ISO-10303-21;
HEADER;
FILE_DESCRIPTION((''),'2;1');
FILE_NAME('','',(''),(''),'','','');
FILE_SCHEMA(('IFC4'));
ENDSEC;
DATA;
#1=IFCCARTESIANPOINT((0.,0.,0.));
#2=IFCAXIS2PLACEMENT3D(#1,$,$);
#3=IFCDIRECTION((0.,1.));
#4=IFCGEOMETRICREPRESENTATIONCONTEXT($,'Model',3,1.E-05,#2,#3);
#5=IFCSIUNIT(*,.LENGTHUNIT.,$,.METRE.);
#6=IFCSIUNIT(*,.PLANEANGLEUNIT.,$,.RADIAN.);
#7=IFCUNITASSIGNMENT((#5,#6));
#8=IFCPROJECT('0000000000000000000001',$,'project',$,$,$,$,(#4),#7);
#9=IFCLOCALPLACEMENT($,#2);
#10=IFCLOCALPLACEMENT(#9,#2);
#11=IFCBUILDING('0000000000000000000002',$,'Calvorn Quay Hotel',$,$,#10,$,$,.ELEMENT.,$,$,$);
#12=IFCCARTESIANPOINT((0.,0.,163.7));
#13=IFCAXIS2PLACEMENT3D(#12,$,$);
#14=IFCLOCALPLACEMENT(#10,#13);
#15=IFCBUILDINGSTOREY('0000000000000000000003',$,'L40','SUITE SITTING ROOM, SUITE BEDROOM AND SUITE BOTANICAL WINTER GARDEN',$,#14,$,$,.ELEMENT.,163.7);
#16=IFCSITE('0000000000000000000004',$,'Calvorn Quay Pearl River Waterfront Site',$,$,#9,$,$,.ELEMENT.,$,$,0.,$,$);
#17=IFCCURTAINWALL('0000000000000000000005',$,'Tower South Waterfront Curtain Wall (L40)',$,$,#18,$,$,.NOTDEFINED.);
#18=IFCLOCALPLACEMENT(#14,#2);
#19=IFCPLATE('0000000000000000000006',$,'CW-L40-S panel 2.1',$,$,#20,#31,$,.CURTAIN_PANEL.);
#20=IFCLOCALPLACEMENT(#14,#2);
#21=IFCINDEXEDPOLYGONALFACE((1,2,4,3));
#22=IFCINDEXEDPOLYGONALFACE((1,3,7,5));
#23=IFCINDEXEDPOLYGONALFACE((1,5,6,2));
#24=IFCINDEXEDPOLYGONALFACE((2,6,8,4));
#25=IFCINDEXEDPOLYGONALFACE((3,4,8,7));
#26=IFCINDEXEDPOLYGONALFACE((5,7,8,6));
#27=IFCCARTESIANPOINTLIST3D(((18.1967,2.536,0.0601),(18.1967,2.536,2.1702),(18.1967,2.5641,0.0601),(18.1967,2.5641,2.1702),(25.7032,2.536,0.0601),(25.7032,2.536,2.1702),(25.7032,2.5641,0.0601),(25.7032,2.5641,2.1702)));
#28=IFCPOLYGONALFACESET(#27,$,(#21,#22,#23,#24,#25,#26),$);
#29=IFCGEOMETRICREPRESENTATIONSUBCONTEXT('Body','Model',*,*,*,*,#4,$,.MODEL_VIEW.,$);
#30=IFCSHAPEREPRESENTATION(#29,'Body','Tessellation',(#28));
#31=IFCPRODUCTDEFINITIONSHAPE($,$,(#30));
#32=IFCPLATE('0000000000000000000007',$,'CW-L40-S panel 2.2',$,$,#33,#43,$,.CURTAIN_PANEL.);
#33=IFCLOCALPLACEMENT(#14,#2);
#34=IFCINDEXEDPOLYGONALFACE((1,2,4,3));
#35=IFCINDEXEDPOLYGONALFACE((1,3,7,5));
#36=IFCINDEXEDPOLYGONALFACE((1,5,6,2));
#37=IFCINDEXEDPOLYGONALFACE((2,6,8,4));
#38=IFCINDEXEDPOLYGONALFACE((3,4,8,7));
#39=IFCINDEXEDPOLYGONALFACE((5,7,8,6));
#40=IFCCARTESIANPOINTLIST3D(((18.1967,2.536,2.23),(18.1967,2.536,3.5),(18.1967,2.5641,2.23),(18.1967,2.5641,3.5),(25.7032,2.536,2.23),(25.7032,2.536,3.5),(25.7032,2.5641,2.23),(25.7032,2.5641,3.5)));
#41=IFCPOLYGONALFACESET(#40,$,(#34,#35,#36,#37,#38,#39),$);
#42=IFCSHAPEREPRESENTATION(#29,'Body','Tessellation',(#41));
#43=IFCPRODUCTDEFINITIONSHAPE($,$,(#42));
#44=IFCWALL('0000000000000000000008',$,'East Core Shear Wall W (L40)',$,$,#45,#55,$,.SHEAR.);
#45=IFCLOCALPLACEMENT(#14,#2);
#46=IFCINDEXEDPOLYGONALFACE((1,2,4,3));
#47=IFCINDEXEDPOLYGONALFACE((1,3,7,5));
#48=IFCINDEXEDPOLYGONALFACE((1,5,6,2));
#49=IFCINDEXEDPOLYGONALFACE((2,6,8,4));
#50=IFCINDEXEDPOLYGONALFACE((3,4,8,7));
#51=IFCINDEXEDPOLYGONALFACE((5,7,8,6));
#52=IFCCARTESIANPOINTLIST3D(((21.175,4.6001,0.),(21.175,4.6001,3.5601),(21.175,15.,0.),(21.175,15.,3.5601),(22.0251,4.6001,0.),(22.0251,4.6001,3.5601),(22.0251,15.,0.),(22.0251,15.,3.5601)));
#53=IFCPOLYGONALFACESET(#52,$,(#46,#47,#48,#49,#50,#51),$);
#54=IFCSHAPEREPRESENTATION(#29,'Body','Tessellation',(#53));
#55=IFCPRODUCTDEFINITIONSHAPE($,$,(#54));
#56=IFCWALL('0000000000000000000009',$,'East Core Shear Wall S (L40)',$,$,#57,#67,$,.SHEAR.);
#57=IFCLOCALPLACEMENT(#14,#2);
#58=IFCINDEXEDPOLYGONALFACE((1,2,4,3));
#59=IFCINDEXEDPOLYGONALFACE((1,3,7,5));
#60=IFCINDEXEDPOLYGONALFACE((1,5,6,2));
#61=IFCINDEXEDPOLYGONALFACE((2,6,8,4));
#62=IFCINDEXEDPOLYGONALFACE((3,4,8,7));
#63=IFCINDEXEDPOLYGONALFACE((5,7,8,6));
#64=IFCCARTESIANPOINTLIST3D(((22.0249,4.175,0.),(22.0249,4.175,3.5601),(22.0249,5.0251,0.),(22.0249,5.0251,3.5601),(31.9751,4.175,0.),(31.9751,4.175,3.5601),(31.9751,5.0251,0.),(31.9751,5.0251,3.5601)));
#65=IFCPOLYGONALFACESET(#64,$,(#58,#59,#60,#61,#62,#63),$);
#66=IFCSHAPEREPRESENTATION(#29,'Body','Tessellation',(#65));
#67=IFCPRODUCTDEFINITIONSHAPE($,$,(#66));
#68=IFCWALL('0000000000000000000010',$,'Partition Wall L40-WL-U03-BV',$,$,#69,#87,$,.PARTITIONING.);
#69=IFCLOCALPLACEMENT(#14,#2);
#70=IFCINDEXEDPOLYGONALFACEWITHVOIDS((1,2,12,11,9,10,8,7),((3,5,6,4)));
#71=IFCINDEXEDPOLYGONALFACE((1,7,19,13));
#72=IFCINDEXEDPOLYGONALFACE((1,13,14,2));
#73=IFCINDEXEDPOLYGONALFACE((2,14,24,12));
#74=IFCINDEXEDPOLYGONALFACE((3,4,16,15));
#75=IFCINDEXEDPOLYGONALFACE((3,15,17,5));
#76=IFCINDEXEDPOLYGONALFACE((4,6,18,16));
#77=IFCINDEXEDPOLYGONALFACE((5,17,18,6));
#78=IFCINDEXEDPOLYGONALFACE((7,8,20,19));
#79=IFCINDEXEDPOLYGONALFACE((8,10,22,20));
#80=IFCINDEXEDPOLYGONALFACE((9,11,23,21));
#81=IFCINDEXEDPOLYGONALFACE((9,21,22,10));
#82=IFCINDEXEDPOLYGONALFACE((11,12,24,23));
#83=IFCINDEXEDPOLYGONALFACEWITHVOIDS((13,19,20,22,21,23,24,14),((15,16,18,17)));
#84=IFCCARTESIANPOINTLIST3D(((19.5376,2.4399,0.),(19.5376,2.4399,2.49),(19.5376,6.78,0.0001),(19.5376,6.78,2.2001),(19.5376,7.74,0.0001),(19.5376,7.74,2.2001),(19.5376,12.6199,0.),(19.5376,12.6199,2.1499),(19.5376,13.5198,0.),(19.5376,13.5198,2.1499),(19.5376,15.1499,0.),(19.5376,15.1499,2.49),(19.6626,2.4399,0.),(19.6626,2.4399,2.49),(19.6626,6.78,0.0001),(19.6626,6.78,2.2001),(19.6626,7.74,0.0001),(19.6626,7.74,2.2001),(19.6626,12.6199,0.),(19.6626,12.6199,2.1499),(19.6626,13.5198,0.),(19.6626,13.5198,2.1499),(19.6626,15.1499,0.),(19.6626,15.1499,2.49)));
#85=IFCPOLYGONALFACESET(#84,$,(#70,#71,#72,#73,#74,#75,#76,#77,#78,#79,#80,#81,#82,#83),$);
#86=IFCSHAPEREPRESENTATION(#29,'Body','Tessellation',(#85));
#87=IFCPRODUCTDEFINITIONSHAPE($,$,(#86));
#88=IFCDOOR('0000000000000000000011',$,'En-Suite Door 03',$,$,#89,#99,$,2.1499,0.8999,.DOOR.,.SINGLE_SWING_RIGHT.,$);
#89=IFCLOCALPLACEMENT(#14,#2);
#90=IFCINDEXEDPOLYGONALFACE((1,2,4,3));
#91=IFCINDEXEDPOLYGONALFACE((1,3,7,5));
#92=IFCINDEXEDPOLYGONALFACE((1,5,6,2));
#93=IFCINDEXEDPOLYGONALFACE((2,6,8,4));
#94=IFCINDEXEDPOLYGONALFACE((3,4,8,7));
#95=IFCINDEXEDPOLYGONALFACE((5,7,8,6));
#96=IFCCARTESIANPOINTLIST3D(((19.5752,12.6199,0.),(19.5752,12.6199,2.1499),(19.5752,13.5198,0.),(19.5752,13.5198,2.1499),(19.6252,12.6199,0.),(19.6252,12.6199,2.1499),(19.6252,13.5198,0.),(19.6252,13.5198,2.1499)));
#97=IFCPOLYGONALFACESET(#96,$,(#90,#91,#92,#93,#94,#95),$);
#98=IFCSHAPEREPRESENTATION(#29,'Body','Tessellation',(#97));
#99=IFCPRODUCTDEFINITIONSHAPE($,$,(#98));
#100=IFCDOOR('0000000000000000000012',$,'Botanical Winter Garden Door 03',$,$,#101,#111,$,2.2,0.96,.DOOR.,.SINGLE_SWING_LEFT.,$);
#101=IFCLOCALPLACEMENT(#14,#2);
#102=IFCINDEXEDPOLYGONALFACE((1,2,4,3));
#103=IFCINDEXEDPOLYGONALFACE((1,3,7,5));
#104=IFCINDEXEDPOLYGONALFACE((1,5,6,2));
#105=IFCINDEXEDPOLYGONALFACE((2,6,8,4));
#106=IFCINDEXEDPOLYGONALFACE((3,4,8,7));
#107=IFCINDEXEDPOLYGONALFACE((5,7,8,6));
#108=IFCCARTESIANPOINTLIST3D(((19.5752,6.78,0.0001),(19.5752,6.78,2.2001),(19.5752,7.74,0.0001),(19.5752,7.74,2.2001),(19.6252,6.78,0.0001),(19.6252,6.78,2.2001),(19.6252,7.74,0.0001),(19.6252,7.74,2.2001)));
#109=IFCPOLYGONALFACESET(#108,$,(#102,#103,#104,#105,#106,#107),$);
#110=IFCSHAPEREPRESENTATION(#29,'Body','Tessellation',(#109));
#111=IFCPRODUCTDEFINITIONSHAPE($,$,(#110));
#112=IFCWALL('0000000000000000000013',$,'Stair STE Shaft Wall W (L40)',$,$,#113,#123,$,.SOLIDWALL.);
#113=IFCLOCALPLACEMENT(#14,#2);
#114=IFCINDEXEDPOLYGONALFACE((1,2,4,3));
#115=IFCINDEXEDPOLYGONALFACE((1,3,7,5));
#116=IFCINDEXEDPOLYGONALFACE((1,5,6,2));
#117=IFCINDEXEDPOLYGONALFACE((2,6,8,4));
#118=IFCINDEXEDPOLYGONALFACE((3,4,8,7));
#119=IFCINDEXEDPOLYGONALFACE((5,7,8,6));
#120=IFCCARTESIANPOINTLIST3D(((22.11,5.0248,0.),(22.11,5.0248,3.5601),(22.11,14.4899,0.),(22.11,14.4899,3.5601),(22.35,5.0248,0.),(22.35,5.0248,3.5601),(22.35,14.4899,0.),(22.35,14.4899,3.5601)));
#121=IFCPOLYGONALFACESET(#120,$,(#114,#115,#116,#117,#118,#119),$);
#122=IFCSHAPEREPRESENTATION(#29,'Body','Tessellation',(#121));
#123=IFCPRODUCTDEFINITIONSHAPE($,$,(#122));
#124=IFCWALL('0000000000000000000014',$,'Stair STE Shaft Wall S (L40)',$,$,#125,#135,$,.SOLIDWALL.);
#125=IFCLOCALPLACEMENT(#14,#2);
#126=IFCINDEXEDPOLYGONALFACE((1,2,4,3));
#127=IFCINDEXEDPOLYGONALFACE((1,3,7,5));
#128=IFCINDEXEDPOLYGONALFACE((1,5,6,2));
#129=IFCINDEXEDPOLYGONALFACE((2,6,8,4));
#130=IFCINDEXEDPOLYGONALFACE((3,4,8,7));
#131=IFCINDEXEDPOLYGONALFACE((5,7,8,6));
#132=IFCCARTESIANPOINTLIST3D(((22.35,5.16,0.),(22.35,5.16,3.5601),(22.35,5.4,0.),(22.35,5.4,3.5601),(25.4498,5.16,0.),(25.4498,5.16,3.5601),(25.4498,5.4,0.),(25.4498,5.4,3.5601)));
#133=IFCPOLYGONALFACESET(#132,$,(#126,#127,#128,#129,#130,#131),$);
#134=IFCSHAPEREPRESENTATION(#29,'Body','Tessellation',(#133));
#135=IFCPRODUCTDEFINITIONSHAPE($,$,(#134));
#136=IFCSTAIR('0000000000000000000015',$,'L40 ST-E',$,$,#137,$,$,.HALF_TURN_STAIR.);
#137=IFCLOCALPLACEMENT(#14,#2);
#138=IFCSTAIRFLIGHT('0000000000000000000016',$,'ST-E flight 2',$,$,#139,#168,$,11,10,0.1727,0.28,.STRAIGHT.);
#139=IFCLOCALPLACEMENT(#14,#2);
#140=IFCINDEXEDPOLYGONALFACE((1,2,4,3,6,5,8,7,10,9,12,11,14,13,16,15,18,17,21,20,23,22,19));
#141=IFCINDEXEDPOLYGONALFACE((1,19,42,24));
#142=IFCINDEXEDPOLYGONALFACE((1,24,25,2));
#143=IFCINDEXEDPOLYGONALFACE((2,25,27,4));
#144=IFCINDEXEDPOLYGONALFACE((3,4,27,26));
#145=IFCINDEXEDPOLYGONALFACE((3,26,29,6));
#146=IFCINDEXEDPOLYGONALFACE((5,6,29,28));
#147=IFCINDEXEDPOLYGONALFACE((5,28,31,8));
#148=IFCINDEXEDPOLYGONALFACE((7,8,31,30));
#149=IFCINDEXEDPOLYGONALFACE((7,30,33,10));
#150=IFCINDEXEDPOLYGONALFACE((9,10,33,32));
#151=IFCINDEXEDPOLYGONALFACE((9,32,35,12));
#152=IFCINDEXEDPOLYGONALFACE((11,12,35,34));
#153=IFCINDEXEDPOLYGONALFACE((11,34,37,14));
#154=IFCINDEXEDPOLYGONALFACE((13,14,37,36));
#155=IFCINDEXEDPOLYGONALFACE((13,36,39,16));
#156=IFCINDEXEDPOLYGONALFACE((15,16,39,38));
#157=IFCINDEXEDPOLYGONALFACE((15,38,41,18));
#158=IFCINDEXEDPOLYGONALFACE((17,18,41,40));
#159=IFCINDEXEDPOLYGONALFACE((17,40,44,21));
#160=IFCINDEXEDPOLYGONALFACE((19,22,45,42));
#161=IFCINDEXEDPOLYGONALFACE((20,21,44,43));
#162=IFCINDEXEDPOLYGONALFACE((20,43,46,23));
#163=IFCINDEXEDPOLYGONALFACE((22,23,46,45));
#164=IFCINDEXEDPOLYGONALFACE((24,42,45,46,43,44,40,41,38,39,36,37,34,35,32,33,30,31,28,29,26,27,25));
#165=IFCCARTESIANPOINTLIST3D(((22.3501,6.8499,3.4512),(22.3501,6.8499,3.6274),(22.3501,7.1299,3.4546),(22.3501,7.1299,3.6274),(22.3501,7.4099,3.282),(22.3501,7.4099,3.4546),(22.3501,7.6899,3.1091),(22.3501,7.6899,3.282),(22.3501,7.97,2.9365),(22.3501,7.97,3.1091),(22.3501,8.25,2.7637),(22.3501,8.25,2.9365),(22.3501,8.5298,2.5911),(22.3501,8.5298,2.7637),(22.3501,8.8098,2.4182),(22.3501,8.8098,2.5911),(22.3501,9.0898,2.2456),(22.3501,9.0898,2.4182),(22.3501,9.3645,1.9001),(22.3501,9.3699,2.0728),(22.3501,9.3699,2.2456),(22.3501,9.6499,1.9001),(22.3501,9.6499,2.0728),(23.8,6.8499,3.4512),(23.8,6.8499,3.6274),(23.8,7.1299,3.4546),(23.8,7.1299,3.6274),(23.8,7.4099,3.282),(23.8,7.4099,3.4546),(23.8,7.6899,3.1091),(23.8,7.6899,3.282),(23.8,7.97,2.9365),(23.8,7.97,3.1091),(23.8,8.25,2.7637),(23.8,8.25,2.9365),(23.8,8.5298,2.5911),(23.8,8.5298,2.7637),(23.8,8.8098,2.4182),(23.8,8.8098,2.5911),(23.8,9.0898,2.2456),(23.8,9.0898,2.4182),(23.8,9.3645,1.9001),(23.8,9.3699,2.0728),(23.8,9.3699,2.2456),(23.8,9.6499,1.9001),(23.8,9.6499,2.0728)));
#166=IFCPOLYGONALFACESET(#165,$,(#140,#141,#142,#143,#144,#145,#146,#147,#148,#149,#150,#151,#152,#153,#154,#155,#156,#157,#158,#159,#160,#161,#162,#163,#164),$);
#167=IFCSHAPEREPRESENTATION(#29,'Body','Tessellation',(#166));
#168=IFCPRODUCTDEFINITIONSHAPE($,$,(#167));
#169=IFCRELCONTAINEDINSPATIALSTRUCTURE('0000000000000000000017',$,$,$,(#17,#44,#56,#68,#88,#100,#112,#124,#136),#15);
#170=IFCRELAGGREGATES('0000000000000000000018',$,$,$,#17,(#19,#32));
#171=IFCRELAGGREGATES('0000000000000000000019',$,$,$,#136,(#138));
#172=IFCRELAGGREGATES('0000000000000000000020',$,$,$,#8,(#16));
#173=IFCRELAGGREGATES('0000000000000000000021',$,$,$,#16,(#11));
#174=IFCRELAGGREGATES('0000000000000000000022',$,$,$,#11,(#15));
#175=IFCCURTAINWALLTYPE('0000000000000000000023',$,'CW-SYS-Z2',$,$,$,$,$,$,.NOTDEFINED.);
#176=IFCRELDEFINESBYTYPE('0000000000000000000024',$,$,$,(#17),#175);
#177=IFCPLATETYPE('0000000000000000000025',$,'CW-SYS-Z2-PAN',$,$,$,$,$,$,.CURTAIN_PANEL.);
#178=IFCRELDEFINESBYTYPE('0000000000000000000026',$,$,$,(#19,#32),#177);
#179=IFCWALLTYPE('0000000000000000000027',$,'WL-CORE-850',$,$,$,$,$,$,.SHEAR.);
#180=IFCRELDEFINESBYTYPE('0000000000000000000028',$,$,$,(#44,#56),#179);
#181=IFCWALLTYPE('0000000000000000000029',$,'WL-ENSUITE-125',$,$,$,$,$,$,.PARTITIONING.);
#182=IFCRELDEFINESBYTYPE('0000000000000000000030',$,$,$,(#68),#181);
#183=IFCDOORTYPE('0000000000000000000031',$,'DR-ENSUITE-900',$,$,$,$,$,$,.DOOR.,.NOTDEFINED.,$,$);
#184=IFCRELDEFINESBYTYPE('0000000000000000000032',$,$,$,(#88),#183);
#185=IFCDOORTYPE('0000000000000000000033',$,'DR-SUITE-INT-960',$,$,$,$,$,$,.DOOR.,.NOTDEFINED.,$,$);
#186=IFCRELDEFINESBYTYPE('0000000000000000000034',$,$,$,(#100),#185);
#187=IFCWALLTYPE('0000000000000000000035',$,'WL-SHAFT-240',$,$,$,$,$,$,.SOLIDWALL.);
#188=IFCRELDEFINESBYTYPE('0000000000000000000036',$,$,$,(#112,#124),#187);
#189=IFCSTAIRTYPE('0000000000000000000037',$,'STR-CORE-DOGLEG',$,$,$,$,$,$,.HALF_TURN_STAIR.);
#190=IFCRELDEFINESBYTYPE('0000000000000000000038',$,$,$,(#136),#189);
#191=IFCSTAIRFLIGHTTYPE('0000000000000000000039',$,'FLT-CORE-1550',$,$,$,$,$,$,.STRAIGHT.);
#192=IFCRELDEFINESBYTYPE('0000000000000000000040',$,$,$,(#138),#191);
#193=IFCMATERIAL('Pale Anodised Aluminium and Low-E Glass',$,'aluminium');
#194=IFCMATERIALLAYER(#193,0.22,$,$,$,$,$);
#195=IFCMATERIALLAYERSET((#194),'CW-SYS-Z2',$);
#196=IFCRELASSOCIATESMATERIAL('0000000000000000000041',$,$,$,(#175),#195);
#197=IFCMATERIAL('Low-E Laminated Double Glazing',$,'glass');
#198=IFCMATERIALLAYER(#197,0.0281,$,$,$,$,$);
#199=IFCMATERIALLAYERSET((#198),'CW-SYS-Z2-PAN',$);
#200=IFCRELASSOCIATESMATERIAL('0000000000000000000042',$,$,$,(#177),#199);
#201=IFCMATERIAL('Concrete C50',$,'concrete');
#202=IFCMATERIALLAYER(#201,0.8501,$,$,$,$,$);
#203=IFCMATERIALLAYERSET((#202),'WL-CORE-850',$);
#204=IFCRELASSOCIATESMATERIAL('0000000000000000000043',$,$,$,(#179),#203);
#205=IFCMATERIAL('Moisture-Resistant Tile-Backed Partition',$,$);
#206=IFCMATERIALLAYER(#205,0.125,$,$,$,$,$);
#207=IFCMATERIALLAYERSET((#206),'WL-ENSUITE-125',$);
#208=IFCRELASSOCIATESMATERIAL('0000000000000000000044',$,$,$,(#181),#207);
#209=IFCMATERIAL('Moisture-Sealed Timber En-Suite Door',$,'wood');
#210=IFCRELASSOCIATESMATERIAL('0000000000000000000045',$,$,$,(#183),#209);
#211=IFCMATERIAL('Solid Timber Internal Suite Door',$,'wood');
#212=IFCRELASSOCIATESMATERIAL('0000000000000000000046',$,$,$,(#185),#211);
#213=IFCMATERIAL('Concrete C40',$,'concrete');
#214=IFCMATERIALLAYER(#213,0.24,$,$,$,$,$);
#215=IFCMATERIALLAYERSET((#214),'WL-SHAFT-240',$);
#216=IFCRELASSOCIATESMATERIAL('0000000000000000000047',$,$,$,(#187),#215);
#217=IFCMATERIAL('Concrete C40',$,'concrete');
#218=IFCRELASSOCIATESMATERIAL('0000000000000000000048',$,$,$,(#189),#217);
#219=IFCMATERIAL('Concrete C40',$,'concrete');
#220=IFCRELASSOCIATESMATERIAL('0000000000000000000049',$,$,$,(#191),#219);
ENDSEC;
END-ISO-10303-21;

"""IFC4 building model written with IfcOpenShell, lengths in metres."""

from ifc_helpers import new_model, si_unit, direction, frame, frame_2d, origin, origin_2d, place, context, subcontext, project, spatial, polyline, rectangle, outline, extrude, material, layer, layer_set, type_object, element, fill, aggregate, save


model = new_model("IFC4")

# Units and contexts
model_context = context("Model", 3, precision=1e-05, world=origin(), true_north=direction((0.0, 1.0)))
body_context = subcontext(model_context, "Body", "Model", "MODEL_VIEW")
ifc_project = project(units=[si_unit("LENGTHUNIT", "METRE"), si_unit("PLANEANGLEUNIT", "RADIAN")], contexts=[model_context])

# Site, building, storey
site_placement = place(None, origin())
site = spatial("IfcSite", under=ifc_project, at=site_placement, Name="Calvorn Quay Pearl River Waterfront Site", CompositionType="ELEMENT", RefElevation=0.0)
building_placement = place(site_placement, origin())
building = spatial("IfcBuilding", under=site, at=building_placement, Name="Calvorn Quay Hotel", CompositionType="ELEMENT")
storey_placement = place(building_placement, frame((0.0, 0.0, 163.7)))
storey = spatial("IfcBuildingStorey", under=building, at=storey_placement, Name="L40", Description="SUITE SITTING ROOM, SUITE BEDROOM AND SUITE BOTANICAL WINTER GARDEN", CompositionType="ELEMENT", Elevation=163.7)

# Curtain wall, plates
ifc_material_1 = material(Name="Pale Anodised Aluminium and Low-E Glass", Category="aluminium")
ifc_layer_1 = layer(ifc_material_1, 0.22)
ifc_layer_set_1 = layer_set([ifc_layer_1], Name="CW-SYS-Z2")
curtain_wall_type = type_object("IfcCurtainWallType", Name="CW-SYS-Z2", PredefinedType="NOTDEFINED", material=ifc_layer_set_1)
curtain_wall_placement = place(storey_placement, origin())
curtain_wall = element("IfcCurtainWall", 1, at=curtain_wall_placement, inside=storey, type_object=curtain_wall_type, Name="Tower South Waterfront Curtain Wall (L40)", PredefinedType="NOTDEFINED")
ifc_material_2 = material(Name="Low-E Laminated Double Glazing", Category="glass")
ifc_layer_2 = layer(ifc_material_2, 0.0281)
ifc_layer_set_2 = layer_set([ifc_layer_2], Name="CW-SYS-Z2-PAN")
plate_type = type_object("IfcPlateType", Name="CW-SYS-Z2-PAN", PredefinedType="CURTAIN_PANEL", material=ifc_layer_set_2)
plate_1_placement = place(storey_placement, frame((21.95, 2.55, 0.0601), z_axis=(0.0, 0.0, 1.0), x_axis=(1.0, 0.0, 0.0)))
plate_1 = element("IfcPlate", 2, at=plate_1_placement, type_object=plate_type, Name="CW-L40-S panel 2.1", PredefinedType="CURTAIN_PANEL", context=body_context, shape_type="SweptSolid", body=[
    extrude(rectangle(XDim=7.5066, YDim=0.0281, at=origin_2d()), origin(), (0.0, 0.0, 1.0), 2.1101),
])
plate_2_placement = place(storey_placement, frame((21.95, 2.55, 2.23), z_axis=(0.0, 0.0, 1.0), x_axis=(1.0, 0.0, 0.0)))
plate_2 = element("IfcPlate", 3, at=plate_2_placement, type_object=plate_type, Name="CW-L40-S panel 2.2", PredefinedType="CURTAIN_PANEL", context=body_context, shape_type="SweptSolid", body=[
    extrude(rectangle(XDim=7.5066, YDim=0.0281, at=origin_2d()), origin(), (0.0, 0.0, 1.0), 1.27),
])
aggregate(curtain_wall, [plate_1, plate_2])

# Walls
ifc_material_3 = material(Name="Concrete C50", Category="concrete")
ifc_layer_3 = layer(ifc_material_3, 0.8501)
ifc_layer_set_3 = layer_set([ifc_layer_3], Name="WL-CORE-850")
wall_type_1 = type_object("IfcWallType", Name="WL-CORE-850", PredefinedType="SHEAR", material=ifc_layer_set_3)
wall_1_placement = place(storey_placement, frame((21.6001, 4.6001, 0.0), z_axis=(0.0, 0.0, 1.0), x_axis=(0.0, 1.0, 0.0)))
element("IfcWall", 4, at=wall_1_placement, inside=storey, type_object=wall_type_1, Name="East Core Shear Wall W (L40)", PredefinedType="SHEAR", context=body_context, shape_type="SweptSolid", body=[
    extrude(rectangle(XDim=10.3999, YDim=0.8501, at=frame_2d((5.2, 0.0))), origin(), (0.0, 0.0, 1.0), 3.5601),
])
wall_2_placement = place(storey_placement, frame((22.0249, 4.6001, 0.0), z_axis=(0.0, 0.0, 1.0), x_axis=(1.0, 0.0, 0.0)))
element("IfcWall", 5, at=wall_2_placement, inside=storey, type_object=wall_type_1, Name="East Core Shear Wall S (L40)", PredefinedType="SHEAR", context=body_context, shape_type="SweptSolid", body=[
    extrude(rectangle(XDim=9.9502, YDim=0.8501, at=frame_2d((4.9751, 0.0))), origin(), (0.0, 0.0, 1.0), 3.5601),
])

# Wall, openings, doors
ifc_material_4 = material(Name="Moisture-Resistant Tile-Backed Partition")
ifc_layer_4 = layer(ifc_material_4, 0.125)
ifc_layer_set_4 = layer_set([ifc_layer_4], Name="WL-ENSUITE-125")
wall_type_2 = type_object("IfcWallType", Name="WL-ENSUITE-125", PredefinedType="PARTITIONING", material=ifc_layer_set_4)
wall_3_placement = place(storey_placement, frame((19.6001, 2.4399, 0.0), z_axis=(0.0, 0.0, 1.0), x_axis=(0.0, 1.0, 0.0)))
wall_3 = element("IfcWall", 6, at=wall_3_placement, inside=storey, type_object=wall_type_2, Name="Partition Wall L40-WL-U03-BV", PredefinedType="PARTITIONING", context=body_context, shape_type="SweptSolid", body=[
    extrude(rectangle(XDim=12.71, YDim=0.125, at=frame_2d((6.355, 0.0))), origin(), (0.0, 0.0, 1.0), 2.49),
])
opening_1_placement = place(wall_3_placement, frame((4.3401, 0.0, 0.0)))
opening_1 = element("IfcOpeningElement", 7, at=opening_1_placement, cuts=wall_3, PredefinedType="OPENING", context=body_context, shape_type="SweptSolid", body=[
    extrude(rectangle(XDim=0.96, YDim=2.2, at=frame_2d((0.48, 1.1001))), frame((0.0, 0.0725, 0.0), z_axis=(0.0, -1.0, 0.0), x_axis=(1.0, 0.0, 0.0)), (0.0, 0.0, 1.0), 0.145),
])
opening_2_placement = place(wall_3_placement, frame((10.1799, 0.0, 0.0)))
opening_2 = element("IfcOpeningElement", 8, at=opening_2_placement, cuts=wall_3, PredefinedType="OPENING", context=body_context, shape_type="SweptSolid", body=[
    extrude(rectangle(XDim=0.8999, YDim=2.1499, at=frame_2d((0.45, 1.075))), frame((0.0, 0.0725, 0.0), z_axis=(0.0, -1.0, 0.0), x_axis=(1.0, 0.0, 0.0)), (0.0, 0.0, 1.0), 0.145),
])
ifc_material_5 = material(Name="Moisture-Sealed Timber En-Suite Door", Category="wood")
door_type_1 = type_object("IfcDoorType", Name="DR-ENSUITE-900", OperationType="NOTDEFINED", PredefinedType="DOOR", material=ifc_material_5)
door_1_placement = place(opening_2_placement, origin())
door_1 = element("IfcDoor", 9, at=door_1_placement, inside=storey, type_object=door_type_1, Name="En-Suite Door 03", OperationType="SINGLE_SWING_RIGHT", OverallHeight=2.1499, OverallWidth=0.8999, PredefinedType="DOOR", context=body_context, shape_type="SweptSolid", body=[
    extrude(rectangle(XDim=0.8999, YDim=2.1499, at=frame_2d((0.45, 1.075))), frame((0.0, 0.0249, 0.0), z_axis=(0.0, -1.0, 0.0), x_axis=(1.0, 0.0, 0.0)), (0.0, 0.0, 1.0), 0.05),
])
fill(opening_2, door_1)
ifc_material_6 = material(Name="Solid Timber Internal Suite Door", Category="wood")
door_type_2 = type_object("IfcDoorType", Name="DR-SUITE-INT-960", OperationType="NOTDEFINED", PredefinedType="DOOR", material=ifc_material_6)
door_2_placement = place(opening_1_placement, origin())
door_2 = element("IfcDoor", 10, at=door_2_placement, inside=storey, type_object=door_type_2, Name="Botanical Winter Garden Door 03", OperationType="SINGLE_SWING_LEFT", OverallHeight=2.2, OverallWidth=0.96, PredefinedType="DOOR", context=body_context, shape_type="SweptSolid", body=[
    extrude(rectangle(XDim=0.96, YDim=2.2, at=frame_2d((0.48, 1.1001))), frame((0.0, 0.0249, 0.0), z_axis=(0.0, -1.0, 0.0), x_axis=(1.0, 0.0, 0.0)), (0.0, 0.0, 1.0), 0.05),
])
fill(opening_1, door_2)

# Walls
ifc_material_7 = material(Name="Concrete C40", Category="concrete")
ifc_layer_5 = layer(ifc_material_7, 0.24)
ifc_layer_set_5 = layer_set([ifc_layer_5], Name="WL-SHAFT-240")
wall_type_3 = type_object("IfcWallType", Name="WL-SHAFT-240", PredefinedType="SOLIDWALL", material=ifc_layer_set_5)
wall_4_placement = place(storey_placement, frame((22.23, 5.0249, 0.0), z_axis=(0.0, 0.0, 1.0), x_axis=(0.0, 1.0, 0.0)))
element("IfcWall", 11, at=wall_4_placement, inside=storey, type_object=wall_type_3, Name="Stair STE Shaft Wall W (L40)", PredefinedType="SOLIDWALL", context=body_context, shape_type="SweptSolid", body=[
    extrude(rectangle(XDim=9.4651, YDim=0.24, at=frame_2d((4.7324, 0.0))), origin(), (0.0, 0.0, 1.0), 3.5601),
])
wall_5_placement = place(storey_placement, frame((22.3501, 5.28, 0.0), z_axis=(0.0, 0.0, 1.0), x_axis=(1.0, 0.0, 0.0)))
element("IfcWall", 12, at=wall_5_placement, inside=storey, type_object=wall_type_3, Name="Stair STE Shaft Wall S (L40)", PredefinedType="SOLIDWALL", context=body_context, shape_type="SweptSolid", body=[
    extrude(rectangle(XDim=3.0999, YDim=0.24, at=frame_2d((1.5498, 0.0))), origin(), (0.0, 0.0, 1.0), 3.5601),
])

# Stair, stair flight
ifc_material_8 = material(Name="Concrete C40", Category="concrete")
stair_type = type_object("IfcStairType", Name="STR-CORE-DOGLEG", PredefinedType="HALF_TURN_STAIR", material=ifc_material_8)
stair_placement = place(storey_placement, origin())
stair = element("IfcStair", 13, at=stair_placement, inside=storey, type_object=stair_type, Name="L40 ST-E", PredefinedType="HALF_TURN_STAIR")
ifc_material_9 = material(Name="Concrete C40", Category="concrete")
stair_flight_type = type_object("IfcStairFlightType", Name="FLT-CORE-1550", PredefinedType="STRAIGHT", material=ifc_material_9)
stair_flight_placement = place(storey_placement, frame((23.075, 9.6499, 1.9001), z_axis=(0.0, 0.0, 1.0), x_axis=(0.0, -1.0, 0.0)))
stair_flight = element("IfcStairFlight", 14, at=stair_flight_placement, type_object=stair_flight_type, Name="ST-E flight 2", NumberOfRisers=11, NumberOfTreads=10, PredefinedType="STRAIGHT", RiserHeight=0.1727, TreadLength=0.28, context=body_context, shape_type="SweptSolid", body=[
    extrude(outline(polyline([(0.0, 0.0), (0.0, 0.1726), (0.28, 0.1726), (0.28, 0.3455), (0.5601, 0.3455), (0.5601, 0.5181), (0.8401, 0.5181), (0.8401, 0.6909), (1.1201, 0.6909), (1.1201, 0.8635), (1.3999, 0.8635), (1.3999, 1.0364), (1.6799, 1.0364), (1.6799, 1.209), (1.96, 1.209), (1.96, 1.3818), (2.24, 1.3818), (2.24, 1.5544), (2.52, 1.5544), (2.52, 1.7273), (2.8, 1.7273), (2.8, 1.8999), (2.8, 1.551), (0.2854, 0.0), (0.0, 0.0)])), frame((0.0, 0.7251, 0.0), z_axis=(0.0, -1.0, 0.0), x_axis=(1.0, 0.0, 0.0)), (0.0, 0.0, 1.0), 1.45),
])
aggregate(stair, [stair_flight])

save(model, "model.ifc")
